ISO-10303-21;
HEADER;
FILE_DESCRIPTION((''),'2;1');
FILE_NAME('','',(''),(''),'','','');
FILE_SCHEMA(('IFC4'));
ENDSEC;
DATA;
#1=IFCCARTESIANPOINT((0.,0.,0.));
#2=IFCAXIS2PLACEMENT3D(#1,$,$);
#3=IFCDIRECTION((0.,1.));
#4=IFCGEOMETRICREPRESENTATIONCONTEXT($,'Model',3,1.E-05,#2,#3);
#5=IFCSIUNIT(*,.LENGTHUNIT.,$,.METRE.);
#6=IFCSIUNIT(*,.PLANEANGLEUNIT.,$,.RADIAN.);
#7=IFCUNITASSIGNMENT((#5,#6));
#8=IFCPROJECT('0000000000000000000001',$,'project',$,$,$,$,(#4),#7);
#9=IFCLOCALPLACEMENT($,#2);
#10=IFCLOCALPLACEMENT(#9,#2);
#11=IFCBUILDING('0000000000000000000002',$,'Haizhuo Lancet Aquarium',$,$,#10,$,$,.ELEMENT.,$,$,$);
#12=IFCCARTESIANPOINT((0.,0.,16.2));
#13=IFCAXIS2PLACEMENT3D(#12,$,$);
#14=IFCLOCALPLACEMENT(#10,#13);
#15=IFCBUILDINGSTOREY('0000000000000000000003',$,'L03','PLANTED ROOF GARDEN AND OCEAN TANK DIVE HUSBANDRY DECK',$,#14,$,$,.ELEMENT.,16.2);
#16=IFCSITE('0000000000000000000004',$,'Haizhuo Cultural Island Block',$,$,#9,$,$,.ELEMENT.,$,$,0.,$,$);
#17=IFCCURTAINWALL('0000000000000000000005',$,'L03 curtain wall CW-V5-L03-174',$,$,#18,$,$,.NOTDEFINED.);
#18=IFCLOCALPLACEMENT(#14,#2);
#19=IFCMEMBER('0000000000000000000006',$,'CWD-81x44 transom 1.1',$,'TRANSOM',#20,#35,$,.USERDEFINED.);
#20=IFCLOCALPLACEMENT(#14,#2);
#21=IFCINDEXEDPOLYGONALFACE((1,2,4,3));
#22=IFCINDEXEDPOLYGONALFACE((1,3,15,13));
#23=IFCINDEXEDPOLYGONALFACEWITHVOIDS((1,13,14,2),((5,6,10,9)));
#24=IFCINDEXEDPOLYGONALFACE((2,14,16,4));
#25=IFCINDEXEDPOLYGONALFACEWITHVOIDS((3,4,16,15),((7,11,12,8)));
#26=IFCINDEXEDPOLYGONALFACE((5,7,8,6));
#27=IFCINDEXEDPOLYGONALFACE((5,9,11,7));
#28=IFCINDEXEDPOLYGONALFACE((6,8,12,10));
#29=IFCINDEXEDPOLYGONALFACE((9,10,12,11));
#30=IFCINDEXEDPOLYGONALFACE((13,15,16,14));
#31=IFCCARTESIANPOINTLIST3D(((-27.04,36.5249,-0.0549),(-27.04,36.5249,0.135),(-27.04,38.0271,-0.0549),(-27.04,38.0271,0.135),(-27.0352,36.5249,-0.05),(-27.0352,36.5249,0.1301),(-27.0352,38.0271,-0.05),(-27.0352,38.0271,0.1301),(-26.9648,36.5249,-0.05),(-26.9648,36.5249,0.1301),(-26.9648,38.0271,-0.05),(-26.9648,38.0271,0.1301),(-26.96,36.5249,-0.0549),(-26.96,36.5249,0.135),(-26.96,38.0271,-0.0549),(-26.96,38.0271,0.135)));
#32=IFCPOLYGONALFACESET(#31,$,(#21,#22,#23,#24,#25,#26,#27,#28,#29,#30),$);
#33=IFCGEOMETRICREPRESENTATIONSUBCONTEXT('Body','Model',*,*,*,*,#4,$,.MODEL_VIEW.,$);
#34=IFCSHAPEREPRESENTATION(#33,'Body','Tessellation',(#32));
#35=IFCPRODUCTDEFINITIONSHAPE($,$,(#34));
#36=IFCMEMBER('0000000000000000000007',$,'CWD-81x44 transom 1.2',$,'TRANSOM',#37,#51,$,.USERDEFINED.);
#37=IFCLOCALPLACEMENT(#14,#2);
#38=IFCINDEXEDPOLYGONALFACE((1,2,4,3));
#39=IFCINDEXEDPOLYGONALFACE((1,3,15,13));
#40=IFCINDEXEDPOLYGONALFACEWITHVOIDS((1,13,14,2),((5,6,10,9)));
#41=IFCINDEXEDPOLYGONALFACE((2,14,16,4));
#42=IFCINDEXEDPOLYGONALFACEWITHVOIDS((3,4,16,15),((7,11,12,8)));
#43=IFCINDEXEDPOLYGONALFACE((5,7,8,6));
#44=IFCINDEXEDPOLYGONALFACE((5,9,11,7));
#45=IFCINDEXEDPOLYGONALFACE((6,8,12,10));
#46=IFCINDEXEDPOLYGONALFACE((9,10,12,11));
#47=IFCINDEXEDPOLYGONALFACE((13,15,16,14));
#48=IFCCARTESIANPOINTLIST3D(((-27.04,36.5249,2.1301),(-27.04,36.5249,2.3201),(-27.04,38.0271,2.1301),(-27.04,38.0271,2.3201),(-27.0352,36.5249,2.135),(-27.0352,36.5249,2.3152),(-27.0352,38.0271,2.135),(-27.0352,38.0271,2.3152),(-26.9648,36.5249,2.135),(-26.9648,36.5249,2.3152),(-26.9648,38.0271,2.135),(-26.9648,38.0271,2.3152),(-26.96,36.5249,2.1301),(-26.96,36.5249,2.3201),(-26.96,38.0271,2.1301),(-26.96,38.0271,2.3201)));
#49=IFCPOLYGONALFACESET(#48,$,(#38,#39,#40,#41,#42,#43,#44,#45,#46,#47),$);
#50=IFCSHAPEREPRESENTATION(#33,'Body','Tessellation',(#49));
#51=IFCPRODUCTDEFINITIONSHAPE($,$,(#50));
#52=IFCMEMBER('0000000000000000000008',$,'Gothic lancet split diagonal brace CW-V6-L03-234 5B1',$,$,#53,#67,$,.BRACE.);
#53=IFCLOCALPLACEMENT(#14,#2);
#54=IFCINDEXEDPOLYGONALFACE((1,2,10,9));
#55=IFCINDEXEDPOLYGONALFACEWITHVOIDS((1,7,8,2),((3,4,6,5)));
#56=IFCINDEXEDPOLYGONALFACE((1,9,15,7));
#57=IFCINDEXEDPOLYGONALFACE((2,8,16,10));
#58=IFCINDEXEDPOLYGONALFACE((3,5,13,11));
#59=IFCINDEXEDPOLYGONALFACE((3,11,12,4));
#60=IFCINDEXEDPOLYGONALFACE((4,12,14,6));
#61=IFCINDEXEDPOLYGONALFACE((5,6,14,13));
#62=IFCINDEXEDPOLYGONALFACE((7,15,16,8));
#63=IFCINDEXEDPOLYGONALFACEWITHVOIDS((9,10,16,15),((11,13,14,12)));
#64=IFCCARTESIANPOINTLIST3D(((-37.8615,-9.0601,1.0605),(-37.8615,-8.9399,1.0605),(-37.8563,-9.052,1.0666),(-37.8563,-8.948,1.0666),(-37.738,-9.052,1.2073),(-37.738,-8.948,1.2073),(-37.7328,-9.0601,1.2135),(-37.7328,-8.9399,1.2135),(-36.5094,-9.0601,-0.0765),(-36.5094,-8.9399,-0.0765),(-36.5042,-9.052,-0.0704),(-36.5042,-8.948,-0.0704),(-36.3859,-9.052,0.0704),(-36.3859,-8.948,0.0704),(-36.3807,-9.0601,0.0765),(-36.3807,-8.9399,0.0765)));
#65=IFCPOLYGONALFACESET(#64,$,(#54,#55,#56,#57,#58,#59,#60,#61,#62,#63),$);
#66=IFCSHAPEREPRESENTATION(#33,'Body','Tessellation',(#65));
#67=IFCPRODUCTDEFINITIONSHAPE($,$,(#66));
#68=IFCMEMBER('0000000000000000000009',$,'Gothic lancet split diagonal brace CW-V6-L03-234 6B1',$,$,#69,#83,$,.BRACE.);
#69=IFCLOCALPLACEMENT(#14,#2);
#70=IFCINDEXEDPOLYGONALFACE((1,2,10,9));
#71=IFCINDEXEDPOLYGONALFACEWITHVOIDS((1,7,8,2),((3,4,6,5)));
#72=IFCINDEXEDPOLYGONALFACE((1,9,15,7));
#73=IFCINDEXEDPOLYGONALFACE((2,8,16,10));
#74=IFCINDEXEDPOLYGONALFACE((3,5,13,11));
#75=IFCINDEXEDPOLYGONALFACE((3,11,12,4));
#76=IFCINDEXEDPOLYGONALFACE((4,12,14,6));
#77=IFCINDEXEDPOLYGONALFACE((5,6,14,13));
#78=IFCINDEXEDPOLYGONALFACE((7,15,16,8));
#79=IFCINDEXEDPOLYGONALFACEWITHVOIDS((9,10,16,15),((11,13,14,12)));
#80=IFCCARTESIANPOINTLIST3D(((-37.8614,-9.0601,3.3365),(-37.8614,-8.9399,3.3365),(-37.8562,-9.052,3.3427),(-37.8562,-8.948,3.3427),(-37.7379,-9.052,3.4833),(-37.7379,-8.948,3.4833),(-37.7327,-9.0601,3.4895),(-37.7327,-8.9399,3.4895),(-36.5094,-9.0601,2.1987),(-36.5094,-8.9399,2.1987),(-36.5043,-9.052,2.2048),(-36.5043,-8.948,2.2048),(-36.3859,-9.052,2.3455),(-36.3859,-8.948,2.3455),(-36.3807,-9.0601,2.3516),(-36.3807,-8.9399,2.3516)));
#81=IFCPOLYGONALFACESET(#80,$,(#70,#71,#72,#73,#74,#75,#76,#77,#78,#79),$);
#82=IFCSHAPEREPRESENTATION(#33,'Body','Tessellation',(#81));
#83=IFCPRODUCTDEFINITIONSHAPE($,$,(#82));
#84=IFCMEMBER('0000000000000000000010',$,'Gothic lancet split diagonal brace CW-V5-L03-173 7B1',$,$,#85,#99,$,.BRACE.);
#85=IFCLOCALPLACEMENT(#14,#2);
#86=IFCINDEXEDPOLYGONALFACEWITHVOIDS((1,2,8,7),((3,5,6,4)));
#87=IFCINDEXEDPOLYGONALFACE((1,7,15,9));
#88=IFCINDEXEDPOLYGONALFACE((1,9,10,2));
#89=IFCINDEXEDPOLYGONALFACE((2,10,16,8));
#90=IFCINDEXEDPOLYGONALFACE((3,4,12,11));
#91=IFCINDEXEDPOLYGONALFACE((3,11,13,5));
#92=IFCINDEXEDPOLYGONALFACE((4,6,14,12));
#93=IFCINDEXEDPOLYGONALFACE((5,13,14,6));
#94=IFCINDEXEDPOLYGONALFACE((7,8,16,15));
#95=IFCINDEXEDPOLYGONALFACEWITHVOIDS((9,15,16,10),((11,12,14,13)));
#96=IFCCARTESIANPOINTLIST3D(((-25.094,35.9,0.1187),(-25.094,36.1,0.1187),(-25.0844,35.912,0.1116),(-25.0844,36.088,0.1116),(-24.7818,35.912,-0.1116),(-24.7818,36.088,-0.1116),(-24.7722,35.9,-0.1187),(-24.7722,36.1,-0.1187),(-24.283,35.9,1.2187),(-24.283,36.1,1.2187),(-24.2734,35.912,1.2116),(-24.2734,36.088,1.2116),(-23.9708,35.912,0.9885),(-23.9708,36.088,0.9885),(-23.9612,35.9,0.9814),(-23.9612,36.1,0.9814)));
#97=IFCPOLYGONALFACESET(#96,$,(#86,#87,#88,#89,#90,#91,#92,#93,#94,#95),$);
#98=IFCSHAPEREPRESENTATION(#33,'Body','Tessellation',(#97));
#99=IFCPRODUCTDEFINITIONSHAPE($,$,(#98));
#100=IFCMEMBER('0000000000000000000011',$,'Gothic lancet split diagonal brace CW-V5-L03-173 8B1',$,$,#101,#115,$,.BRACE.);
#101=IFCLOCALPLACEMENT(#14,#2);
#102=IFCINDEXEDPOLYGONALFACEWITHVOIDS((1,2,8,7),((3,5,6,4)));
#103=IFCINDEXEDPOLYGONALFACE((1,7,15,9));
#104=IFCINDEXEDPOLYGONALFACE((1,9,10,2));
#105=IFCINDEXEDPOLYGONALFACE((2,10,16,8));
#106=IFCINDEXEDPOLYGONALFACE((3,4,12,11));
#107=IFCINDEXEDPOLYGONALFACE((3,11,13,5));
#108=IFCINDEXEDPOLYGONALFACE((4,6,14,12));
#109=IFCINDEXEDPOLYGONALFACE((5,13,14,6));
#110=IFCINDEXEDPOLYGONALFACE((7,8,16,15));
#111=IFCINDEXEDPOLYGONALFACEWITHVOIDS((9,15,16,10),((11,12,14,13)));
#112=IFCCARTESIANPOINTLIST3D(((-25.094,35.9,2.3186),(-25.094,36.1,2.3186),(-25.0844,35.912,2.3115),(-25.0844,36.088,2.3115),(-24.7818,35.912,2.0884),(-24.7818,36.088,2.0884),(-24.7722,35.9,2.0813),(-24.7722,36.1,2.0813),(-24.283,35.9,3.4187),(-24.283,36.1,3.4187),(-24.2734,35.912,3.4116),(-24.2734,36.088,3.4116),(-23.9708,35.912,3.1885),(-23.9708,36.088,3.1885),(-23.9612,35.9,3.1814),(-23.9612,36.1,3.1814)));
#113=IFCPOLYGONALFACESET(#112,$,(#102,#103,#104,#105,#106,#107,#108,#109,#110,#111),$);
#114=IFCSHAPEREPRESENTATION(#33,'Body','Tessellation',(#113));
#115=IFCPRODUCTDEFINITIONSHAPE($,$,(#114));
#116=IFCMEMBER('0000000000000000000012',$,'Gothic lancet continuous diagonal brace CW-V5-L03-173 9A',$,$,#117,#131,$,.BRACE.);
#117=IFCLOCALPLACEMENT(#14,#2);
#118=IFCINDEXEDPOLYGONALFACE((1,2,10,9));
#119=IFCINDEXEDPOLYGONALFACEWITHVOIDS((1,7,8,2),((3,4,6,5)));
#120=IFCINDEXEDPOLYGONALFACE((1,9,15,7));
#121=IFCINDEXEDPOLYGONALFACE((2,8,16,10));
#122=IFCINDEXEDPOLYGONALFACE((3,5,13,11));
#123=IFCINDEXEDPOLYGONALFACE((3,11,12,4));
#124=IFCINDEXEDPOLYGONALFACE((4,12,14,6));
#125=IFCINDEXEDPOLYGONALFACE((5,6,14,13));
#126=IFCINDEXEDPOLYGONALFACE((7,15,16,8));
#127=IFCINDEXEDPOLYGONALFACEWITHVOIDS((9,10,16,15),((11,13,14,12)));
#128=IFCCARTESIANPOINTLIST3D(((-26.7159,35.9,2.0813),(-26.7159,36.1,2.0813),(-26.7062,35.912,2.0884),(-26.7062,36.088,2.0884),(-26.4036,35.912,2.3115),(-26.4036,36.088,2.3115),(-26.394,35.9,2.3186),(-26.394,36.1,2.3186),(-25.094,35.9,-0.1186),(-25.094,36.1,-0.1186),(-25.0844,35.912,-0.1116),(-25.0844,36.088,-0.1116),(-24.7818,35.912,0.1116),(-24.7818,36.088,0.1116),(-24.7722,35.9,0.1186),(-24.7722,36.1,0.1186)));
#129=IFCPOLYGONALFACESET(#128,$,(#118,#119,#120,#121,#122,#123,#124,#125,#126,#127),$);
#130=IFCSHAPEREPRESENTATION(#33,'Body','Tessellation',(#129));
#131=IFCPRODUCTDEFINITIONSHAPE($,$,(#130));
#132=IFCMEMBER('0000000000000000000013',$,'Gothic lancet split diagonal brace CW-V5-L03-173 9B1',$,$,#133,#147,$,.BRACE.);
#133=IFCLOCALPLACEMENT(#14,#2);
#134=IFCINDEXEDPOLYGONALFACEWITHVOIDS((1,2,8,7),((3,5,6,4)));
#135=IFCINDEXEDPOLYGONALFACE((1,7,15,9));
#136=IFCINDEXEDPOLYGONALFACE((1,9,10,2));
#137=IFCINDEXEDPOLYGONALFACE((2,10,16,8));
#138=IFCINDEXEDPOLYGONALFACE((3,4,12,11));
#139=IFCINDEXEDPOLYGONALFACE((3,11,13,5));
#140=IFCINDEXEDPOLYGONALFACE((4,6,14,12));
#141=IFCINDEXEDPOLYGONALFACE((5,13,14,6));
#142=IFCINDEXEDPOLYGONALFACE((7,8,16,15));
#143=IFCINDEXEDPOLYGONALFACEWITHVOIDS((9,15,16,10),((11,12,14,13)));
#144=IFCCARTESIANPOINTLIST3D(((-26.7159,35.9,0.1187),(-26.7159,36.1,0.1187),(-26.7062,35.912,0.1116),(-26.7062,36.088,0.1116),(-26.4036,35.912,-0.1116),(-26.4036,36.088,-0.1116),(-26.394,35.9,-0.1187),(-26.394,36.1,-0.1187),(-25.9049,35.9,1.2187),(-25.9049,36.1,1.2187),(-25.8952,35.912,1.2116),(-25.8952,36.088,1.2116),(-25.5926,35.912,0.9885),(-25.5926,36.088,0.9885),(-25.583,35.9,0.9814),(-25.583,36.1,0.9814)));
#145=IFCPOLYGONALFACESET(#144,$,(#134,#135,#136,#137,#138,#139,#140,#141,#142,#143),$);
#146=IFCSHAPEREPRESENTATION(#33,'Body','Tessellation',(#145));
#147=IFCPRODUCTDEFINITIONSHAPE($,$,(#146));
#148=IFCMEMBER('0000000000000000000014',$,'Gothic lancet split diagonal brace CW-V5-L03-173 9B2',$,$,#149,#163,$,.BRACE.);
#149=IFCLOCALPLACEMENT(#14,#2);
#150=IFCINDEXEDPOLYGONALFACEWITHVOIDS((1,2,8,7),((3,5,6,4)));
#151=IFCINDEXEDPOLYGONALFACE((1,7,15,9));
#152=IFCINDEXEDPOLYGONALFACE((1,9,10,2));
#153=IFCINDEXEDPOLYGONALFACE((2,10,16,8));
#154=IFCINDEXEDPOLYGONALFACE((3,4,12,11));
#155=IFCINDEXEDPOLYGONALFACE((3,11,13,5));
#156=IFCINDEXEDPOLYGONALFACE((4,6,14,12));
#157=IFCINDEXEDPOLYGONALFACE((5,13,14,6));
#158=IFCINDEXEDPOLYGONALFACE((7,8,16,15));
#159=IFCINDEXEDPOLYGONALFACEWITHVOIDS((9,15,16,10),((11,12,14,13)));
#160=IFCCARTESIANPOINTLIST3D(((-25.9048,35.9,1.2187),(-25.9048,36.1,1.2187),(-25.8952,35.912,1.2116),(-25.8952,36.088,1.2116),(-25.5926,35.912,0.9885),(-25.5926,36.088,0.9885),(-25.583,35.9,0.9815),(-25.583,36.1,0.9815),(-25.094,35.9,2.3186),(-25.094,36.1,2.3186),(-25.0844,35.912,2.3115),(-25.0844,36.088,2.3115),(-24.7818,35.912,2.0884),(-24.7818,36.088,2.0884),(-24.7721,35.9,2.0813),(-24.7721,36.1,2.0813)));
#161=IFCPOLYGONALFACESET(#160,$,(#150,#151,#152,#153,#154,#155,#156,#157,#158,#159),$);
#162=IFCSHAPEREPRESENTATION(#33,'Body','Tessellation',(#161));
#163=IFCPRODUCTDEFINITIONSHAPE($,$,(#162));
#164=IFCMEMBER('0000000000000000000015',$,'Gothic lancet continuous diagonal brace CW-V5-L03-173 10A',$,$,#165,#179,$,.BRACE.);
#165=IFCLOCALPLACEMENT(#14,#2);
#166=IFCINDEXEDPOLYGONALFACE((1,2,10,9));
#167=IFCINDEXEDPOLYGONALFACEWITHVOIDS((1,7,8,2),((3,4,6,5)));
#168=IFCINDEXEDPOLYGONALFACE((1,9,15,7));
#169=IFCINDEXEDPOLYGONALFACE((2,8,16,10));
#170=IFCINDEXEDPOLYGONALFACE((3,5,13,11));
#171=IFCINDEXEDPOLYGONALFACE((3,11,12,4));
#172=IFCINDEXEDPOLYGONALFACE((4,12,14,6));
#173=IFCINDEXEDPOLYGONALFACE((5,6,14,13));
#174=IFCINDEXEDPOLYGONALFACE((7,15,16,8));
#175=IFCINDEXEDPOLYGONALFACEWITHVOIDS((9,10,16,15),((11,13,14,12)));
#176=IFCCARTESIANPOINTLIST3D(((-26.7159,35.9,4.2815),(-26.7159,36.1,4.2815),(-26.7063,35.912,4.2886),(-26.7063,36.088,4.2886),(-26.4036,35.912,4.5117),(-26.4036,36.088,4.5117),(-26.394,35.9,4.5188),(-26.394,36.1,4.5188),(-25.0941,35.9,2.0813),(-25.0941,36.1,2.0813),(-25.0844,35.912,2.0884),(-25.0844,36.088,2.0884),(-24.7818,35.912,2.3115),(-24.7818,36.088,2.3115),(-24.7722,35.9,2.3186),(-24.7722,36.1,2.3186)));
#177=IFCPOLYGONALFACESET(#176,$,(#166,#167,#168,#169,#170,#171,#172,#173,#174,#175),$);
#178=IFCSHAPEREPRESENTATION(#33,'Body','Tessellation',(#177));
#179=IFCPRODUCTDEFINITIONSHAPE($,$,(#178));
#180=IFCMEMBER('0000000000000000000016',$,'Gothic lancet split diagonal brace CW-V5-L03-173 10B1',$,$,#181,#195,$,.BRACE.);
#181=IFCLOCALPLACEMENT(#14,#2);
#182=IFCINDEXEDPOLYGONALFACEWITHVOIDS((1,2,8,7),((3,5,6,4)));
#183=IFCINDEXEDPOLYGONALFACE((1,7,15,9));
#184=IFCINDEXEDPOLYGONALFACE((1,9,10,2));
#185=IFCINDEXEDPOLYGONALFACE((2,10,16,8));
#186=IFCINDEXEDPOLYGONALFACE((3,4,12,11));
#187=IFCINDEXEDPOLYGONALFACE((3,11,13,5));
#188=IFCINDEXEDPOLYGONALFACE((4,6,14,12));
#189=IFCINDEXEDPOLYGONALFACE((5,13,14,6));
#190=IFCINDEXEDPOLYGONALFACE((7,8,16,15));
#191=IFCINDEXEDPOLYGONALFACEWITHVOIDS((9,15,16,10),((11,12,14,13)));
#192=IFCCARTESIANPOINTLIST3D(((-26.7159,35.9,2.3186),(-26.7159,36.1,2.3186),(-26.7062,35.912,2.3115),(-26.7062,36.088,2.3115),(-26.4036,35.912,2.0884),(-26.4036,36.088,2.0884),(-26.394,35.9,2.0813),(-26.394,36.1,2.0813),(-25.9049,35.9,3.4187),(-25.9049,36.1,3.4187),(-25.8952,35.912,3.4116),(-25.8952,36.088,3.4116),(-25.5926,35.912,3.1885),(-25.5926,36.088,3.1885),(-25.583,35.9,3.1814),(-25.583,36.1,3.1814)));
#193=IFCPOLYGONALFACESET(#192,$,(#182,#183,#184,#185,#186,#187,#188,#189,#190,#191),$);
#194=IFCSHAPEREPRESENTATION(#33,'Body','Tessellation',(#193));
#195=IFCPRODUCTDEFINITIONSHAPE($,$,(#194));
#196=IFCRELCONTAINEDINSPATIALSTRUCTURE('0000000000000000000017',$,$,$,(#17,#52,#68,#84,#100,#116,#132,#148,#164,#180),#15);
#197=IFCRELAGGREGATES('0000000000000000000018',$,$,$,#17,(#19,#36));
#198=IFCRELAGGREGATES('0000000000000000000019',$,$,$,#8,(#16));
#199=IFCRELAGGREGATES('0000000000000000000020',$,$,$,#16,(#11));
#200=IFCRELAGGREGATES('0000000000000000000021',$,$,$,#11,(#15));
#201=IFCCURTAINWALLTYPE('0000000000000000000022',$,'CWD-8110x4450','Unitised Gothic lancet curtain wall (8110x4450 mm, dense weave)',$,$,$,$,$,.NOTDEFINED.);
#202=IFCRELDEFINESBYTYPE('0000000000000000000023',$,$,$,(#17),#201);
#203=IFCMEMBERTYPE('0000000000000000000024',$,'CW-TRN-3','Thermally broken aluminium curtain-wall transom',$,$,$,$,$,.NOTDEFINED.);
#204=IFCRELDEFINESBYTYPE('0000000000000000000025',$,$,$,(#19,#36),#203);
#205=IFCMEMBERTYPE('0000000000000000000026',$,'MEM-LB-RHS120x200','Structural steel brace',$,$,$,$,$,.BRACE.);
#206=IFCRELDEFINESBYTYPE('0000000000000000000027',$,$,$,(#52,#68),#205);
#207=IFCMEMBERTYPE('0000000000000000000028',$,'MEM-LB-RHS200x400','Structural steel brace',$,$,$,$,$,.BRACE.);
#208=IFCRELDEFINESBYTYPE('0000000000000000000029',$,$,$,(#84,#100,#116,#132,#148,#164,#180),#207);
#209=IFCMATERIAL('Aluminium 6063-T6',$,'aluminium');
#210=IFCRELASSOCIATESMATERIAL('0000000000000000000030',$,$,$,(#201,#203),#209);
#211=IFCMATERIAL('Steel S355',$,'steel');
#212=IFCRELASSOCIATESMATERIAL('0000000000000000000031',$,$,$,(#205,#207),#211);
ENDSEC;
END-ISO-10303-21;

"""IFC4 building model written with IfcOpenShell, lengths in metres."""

from ifc_helpers import new_model, si_unit, direction, frame, origin, origin_2d, place, context, subcontext, project, spatial, hollow_rectangle, extrude, material, material_profile, profile_set, type_object, element, aggregate, save


model = new_model("IFC4")

# Units and contexts
model_context = context("Model", 3, precision=1e-05, world=origin(), true_north=direction((0.0, 1.0)))
body_context = subcontext(model_context, "Body", "Model", "MODEL_VIEW")
ifc_project = project(units=[si_unit("LENGTHUNIT", "METRE"), si_unit("PLANEANGLEUNIT", "RADIAN")], contexts=[model_context])

# Site, building, storey
site_placement = place(None, origin())
site = spatial("IfcSite", under=ifc_project, at=site_placement, Name="Haizhuo Cultural Island Block", CompositionType="ELEMENT", RefElevation=0.0)
building_placement = place(site_placement, origin())
building = spatial("IfcBuilding", under=site, at=building_placement, Name="Haizhuo Lancet Aquarium", CompositionType="ELEMENT")
storey_placement = place(building_placement, frame((0.0, 0.0, 16.2)))
storey = spatial("IfcBuildingStorey", under=building, at=storey_placement, Name="L03", Description="PLANTED ROOF GARDEN AND OCEAN TANK DIVE HUSBANDRY DECK", CompositionType="ELEMENT", Elevation=16.2)

# Shared definitions
ifc_material_1 = material(Name="Aluminium 6063-T6", Category="aluminium")

# Curtain wall
curtain_wall_type_1 = type_object("IfcCurtainWallType", Name="CWD-8110x4450", Description="Unitised Gothic lancet curtain wall (8110x4450 mm, dense weave)", PredefinedType="NOTDEFINED", material=ifc_material_1)
curtain_wall_1_placement = place(storey_placement, origin())
curtain_wall_1 = element("IfcCurtainWall", 1, at=curtain_wall_1_placement, inside=storey, type_object=curtain_wall_type_1, Name="L03 curtain wall CW-V5-L03-174", PredefinedType="NOTDEFINED")

# Members
ifc_material_profile_1 = material_profile(ifc_material_1, hollow_rectangle(XDim=0.0801, YDim=0.1899, WallThickness=0.0049, at=origin_2d()), Name="ALU-T 80x190x5")
ifc_profile_set_1 = profile_set([ifc_material_profile_1], Name="Aluminium 6063-T6")
member_type_1 = type_object("IfcMemberType", Name="CW-TRN-3", Description="Thermally broken aluminium curtain-wall transom", PredefinedType="NOTDEFINED", material=ifc_profile_set_1)
member_1_placement = place(storey_placement, frame((-27.0, 36.5249, 0.04), z_axis=(0.0, 1.0, 0.0), x_axis=(-1.0, 0.0, 0.0)))
member_1 = element("IfcMember", 2, at=member_1_placement, type_object=member_type_1, Name="CWD-81x44 transom 1.1", ObjectType="TRANSOM", PredefinedType="USERDEFINED", context=body_context, shape_type="SweptSolid", body=[
    extrude(hollow_rectangle(XDim=0.0801, YDim=0.1899, WallThickness=0.0049, at=origin_2d()), origin(), (0.0, 0.0, 1.0), 1.5022),
])
member_2_placement = place(storey_placement, frame((-27.0, 36.5249, 2.2251), z_axis=(0.0, 1.0, 0.0), x_axis=(-1.0, 0.0, 0.0)))
member_2 = element("IfcMember", 3, at=member_2_placement, type_object=member_type_1, Name="CWD-81x44 transom 1.2", ObjectType="TRANSOM", PredefinedType="USERDEFINED", context=body_context, shape_type="SweptSolid", body=[
    extrude(hollow_rectangle(XDim=0.0801, YDim=0.1899, WallThickness=0.0049, at=origin_2d()), origin(), (0.0, 0.0, 1.0), 1.5022),
])
aggregate(curtain_wall_1, [member_1, member_2])

# Members
ifc_material_2 = material(Name="Steel S355", Category="steel")
ifc_material_profile_2 = material_profile(ifc_material_2, hollow_rectangle(XDim=0.1201, YDim=0.2, WallThickness=0.0081, at=origin_2d()), Name="RHS 120x200x8")
ifc_profile_set_2 = profile_set([ifc_material_profile_2], Name="Steel S355")
member_type_2 = type_object("IfcMemberType", Name="MEM-LB-RHS120x200", Description="Structural steel brace", PredefinedType="BRACE", material=ifc_profile_set_2)
member_3_placement = place(storey_placement, frame((-36.4451, -9.0, 0.0), z_axis=(-0.765359, 0.0, 0.643604), x_axis=(0.0, -1.0, 0.0)))
element("IfcMember", 4, at=member_3_placement, inside=storey, type_object=member_type_2, Name="Gothic lancet split diagonal brace CW-V6-L03-234 5B1", PredefinedType="BRACE", context=body_context, shape_type="SweptSolid", body=[
    extrude(hollow_rectangle(XDim=0.1201, YDim=0.2, WallThickness=0.0081, at=origin_2d()), origin(), (0.0, 0.0, 1.0), 1.7666),
])
member_4_placement = place(storey_placement, frame((-36.4451, -9.0, 2.2751), z_axis=(-0.765087, 0.0, 0.643927), x_axis=(0.0, -1.0, 0.0)))
element("IfcMember", 5, at=member_4_placement, inside=storey, type_object=member_type_2, Name="Gothic lancet split diagonal brace CW-V6-L03-234 6B1", PredefinedType="BRACE", context=body_context, shape_type="SweptSolid", body=[
    extrude(hollow_rectangle(XDim=0.1201, YDim=0.2, WallThickness=0.0081, at=origin_2d()), origin(), (0.0, 0.0, 1.0), 1.7671),
])
ifc_material_profile_3 = material_profile(ifc_material_2, hollow_rectangle(XDim=0.2, YDim=0.3999, WallThickness=0.012, at=origin_2d()), Name="RHS 200x400x12")
ifc_profile_set_3 = profile_set([ifc_material_profile_3], Name="Steel S355")
member_type_3 = type_object("IfcMemberType", Name="MEM-LB-RHS200x400", Description="Structural steel brace", PredefinedType="BRACE", material=ifc_profile_set_3)
for number, where, z_axis, x_axis, name in (
    (6, (-24.9331, 36.0, 0.0), (0.593406, 0.0, 0.804903), (0.0, 1.0, 0.0), "Gothic lancet split diagonal brace CW-V5-L03-173 7B1"),
    (7, (-24.9331, 36.0, 2.2), (0.593406, 0.0, 0.804903), (0.0, 1.0, 0.0), "Gothic lancet split diagonal brace CW-V5-L03-173 8B1"),
):
    element("IfcMember", number, at=place(storey_placement, frame(where, z_axis=z_axis, x_axis=x_axis)), inside=storey, type_object=member_type_3, Name=name, PredefinedType="BRACE", context=body_context, shape_type="SweptSolid", body=[
        extrude(hollow_rectangle(XDim=0.2, YDim=0.3999, WallThickness=0.012, at=origin_2d()), origin(), (0.0, 0.0, 1.0), 1.3667),
    ])
member_5_placement = place(storey_placement, frame((-24.9331, 36.0, 0.0), z_axis=(-0.593391, 0.0, 0.804914), x_axis=(0.0, -1.0, 0.0)))
element("IfcMember", 8, at=member_5_placement, inside=storey, type_object=member_type_3, Name="Gothic lancet continuous diagonal brace CW-V5-L03-173 9A", PredefinedType="BRACE", context=body_context, shape_type="SweptSolid", body=[
    extrude(hollow_rectangle(XDim=0.2, YDim=0.3999, WallThickness=0.012, at=origin_2d()), origin(), (0.0, 0.0, 1.0), 2.7332),
])
member_6_placement = place(storey_placement, frame((-26.5549, 36.0, 0.0), z_axis=(0.593406, 0.0, 0.804903), x_axis=(0.0, 1.0, 0.0)))
element("IfcMember", 9, at=member_6_placement, inside=storey, type_object=member_type_3, Name="Gothic lancet split diagonal brace CW-V5-L03-173 9B1", PredefinedType="BRACE", context=body_context, shape_type="SweptSolid", body=[
    extrude(hollow_rectangle(XDim=0.2, YDim=0.3999, WallThickness=0.012, at=origin_2d()), origin(), (0.0, 0.0, 1.0), 1.3667),
])
member_7_placement = place(storey_placement, frame((-25.7439, 36.0, 1.1001), z_axis=(0.593376, 0.0, 0.804926), x_axis=(0.0, 1.0, 0.0)))
element("IfcMember", 10, at=member_7_placement, inside=storey, type_object=member_type_3, Name="Gothic lancet split diagonal brace CW-V5-L03-173 9B2", PredefinedType="BRACE", context=body_context, shape_type="SweptSolid", body=[
    extrude(hollow_rectangle(XDim=0.2, YDim=0.3999, WallThickness=0.012, at=origin_2d()), origin(), (0.0, 0.0, 1.0), 1.3665),
])
member_8_placement = place(storey_placement, frame((-24.9331, 36.0, 2.2), z_axis=(-0.593348, 0.0, 0.804946), x_axis=(0.0, -1.0, 0.0)))
element("IfcMember", 11, at=member_8_placement, inside=storey, type_object=member_type_3, Name="Gothic lancet continuous diagonal brace CW-V5-L03-173 10A", PredefinedType="BRACE", context=body_context, shape_type="SweptSolid", body=[
    extrude(hollow_rectangle(XDim=0.2, YDim=0.3999, WallThickness=0.012, at=origin_2d()), origin(), (0.0, 0.0, 1.0), 2.7334),
])
for number, where, z_axis, x_axis, name in (
    (12, (-26.5549, 36.0, 2.2), (0.593406, 0.0, 0.804903), (0.0, 1.0, 0.0), "Gothic lancet split diagonal brace CW-V5-L03-173 10B1"),
):
    element("IfcMember", number, at=place(storey_placement, frame(where, z_axis=z_axis, x_axis=x_axis)), inside=storey, type_object=member_type_3, Name=name, PredefinedType="BRACE", context=body_context, shape_type="SweptSolid", body=[
        extrude(hollow_rectangle(XDim=0.2, YDim=0.3999, WallThickness=0.012, at=origin_2d()), origin(), (0.0, 0.0, 1.0), 1.3667),
    ])

save(model, "model.ifc")
